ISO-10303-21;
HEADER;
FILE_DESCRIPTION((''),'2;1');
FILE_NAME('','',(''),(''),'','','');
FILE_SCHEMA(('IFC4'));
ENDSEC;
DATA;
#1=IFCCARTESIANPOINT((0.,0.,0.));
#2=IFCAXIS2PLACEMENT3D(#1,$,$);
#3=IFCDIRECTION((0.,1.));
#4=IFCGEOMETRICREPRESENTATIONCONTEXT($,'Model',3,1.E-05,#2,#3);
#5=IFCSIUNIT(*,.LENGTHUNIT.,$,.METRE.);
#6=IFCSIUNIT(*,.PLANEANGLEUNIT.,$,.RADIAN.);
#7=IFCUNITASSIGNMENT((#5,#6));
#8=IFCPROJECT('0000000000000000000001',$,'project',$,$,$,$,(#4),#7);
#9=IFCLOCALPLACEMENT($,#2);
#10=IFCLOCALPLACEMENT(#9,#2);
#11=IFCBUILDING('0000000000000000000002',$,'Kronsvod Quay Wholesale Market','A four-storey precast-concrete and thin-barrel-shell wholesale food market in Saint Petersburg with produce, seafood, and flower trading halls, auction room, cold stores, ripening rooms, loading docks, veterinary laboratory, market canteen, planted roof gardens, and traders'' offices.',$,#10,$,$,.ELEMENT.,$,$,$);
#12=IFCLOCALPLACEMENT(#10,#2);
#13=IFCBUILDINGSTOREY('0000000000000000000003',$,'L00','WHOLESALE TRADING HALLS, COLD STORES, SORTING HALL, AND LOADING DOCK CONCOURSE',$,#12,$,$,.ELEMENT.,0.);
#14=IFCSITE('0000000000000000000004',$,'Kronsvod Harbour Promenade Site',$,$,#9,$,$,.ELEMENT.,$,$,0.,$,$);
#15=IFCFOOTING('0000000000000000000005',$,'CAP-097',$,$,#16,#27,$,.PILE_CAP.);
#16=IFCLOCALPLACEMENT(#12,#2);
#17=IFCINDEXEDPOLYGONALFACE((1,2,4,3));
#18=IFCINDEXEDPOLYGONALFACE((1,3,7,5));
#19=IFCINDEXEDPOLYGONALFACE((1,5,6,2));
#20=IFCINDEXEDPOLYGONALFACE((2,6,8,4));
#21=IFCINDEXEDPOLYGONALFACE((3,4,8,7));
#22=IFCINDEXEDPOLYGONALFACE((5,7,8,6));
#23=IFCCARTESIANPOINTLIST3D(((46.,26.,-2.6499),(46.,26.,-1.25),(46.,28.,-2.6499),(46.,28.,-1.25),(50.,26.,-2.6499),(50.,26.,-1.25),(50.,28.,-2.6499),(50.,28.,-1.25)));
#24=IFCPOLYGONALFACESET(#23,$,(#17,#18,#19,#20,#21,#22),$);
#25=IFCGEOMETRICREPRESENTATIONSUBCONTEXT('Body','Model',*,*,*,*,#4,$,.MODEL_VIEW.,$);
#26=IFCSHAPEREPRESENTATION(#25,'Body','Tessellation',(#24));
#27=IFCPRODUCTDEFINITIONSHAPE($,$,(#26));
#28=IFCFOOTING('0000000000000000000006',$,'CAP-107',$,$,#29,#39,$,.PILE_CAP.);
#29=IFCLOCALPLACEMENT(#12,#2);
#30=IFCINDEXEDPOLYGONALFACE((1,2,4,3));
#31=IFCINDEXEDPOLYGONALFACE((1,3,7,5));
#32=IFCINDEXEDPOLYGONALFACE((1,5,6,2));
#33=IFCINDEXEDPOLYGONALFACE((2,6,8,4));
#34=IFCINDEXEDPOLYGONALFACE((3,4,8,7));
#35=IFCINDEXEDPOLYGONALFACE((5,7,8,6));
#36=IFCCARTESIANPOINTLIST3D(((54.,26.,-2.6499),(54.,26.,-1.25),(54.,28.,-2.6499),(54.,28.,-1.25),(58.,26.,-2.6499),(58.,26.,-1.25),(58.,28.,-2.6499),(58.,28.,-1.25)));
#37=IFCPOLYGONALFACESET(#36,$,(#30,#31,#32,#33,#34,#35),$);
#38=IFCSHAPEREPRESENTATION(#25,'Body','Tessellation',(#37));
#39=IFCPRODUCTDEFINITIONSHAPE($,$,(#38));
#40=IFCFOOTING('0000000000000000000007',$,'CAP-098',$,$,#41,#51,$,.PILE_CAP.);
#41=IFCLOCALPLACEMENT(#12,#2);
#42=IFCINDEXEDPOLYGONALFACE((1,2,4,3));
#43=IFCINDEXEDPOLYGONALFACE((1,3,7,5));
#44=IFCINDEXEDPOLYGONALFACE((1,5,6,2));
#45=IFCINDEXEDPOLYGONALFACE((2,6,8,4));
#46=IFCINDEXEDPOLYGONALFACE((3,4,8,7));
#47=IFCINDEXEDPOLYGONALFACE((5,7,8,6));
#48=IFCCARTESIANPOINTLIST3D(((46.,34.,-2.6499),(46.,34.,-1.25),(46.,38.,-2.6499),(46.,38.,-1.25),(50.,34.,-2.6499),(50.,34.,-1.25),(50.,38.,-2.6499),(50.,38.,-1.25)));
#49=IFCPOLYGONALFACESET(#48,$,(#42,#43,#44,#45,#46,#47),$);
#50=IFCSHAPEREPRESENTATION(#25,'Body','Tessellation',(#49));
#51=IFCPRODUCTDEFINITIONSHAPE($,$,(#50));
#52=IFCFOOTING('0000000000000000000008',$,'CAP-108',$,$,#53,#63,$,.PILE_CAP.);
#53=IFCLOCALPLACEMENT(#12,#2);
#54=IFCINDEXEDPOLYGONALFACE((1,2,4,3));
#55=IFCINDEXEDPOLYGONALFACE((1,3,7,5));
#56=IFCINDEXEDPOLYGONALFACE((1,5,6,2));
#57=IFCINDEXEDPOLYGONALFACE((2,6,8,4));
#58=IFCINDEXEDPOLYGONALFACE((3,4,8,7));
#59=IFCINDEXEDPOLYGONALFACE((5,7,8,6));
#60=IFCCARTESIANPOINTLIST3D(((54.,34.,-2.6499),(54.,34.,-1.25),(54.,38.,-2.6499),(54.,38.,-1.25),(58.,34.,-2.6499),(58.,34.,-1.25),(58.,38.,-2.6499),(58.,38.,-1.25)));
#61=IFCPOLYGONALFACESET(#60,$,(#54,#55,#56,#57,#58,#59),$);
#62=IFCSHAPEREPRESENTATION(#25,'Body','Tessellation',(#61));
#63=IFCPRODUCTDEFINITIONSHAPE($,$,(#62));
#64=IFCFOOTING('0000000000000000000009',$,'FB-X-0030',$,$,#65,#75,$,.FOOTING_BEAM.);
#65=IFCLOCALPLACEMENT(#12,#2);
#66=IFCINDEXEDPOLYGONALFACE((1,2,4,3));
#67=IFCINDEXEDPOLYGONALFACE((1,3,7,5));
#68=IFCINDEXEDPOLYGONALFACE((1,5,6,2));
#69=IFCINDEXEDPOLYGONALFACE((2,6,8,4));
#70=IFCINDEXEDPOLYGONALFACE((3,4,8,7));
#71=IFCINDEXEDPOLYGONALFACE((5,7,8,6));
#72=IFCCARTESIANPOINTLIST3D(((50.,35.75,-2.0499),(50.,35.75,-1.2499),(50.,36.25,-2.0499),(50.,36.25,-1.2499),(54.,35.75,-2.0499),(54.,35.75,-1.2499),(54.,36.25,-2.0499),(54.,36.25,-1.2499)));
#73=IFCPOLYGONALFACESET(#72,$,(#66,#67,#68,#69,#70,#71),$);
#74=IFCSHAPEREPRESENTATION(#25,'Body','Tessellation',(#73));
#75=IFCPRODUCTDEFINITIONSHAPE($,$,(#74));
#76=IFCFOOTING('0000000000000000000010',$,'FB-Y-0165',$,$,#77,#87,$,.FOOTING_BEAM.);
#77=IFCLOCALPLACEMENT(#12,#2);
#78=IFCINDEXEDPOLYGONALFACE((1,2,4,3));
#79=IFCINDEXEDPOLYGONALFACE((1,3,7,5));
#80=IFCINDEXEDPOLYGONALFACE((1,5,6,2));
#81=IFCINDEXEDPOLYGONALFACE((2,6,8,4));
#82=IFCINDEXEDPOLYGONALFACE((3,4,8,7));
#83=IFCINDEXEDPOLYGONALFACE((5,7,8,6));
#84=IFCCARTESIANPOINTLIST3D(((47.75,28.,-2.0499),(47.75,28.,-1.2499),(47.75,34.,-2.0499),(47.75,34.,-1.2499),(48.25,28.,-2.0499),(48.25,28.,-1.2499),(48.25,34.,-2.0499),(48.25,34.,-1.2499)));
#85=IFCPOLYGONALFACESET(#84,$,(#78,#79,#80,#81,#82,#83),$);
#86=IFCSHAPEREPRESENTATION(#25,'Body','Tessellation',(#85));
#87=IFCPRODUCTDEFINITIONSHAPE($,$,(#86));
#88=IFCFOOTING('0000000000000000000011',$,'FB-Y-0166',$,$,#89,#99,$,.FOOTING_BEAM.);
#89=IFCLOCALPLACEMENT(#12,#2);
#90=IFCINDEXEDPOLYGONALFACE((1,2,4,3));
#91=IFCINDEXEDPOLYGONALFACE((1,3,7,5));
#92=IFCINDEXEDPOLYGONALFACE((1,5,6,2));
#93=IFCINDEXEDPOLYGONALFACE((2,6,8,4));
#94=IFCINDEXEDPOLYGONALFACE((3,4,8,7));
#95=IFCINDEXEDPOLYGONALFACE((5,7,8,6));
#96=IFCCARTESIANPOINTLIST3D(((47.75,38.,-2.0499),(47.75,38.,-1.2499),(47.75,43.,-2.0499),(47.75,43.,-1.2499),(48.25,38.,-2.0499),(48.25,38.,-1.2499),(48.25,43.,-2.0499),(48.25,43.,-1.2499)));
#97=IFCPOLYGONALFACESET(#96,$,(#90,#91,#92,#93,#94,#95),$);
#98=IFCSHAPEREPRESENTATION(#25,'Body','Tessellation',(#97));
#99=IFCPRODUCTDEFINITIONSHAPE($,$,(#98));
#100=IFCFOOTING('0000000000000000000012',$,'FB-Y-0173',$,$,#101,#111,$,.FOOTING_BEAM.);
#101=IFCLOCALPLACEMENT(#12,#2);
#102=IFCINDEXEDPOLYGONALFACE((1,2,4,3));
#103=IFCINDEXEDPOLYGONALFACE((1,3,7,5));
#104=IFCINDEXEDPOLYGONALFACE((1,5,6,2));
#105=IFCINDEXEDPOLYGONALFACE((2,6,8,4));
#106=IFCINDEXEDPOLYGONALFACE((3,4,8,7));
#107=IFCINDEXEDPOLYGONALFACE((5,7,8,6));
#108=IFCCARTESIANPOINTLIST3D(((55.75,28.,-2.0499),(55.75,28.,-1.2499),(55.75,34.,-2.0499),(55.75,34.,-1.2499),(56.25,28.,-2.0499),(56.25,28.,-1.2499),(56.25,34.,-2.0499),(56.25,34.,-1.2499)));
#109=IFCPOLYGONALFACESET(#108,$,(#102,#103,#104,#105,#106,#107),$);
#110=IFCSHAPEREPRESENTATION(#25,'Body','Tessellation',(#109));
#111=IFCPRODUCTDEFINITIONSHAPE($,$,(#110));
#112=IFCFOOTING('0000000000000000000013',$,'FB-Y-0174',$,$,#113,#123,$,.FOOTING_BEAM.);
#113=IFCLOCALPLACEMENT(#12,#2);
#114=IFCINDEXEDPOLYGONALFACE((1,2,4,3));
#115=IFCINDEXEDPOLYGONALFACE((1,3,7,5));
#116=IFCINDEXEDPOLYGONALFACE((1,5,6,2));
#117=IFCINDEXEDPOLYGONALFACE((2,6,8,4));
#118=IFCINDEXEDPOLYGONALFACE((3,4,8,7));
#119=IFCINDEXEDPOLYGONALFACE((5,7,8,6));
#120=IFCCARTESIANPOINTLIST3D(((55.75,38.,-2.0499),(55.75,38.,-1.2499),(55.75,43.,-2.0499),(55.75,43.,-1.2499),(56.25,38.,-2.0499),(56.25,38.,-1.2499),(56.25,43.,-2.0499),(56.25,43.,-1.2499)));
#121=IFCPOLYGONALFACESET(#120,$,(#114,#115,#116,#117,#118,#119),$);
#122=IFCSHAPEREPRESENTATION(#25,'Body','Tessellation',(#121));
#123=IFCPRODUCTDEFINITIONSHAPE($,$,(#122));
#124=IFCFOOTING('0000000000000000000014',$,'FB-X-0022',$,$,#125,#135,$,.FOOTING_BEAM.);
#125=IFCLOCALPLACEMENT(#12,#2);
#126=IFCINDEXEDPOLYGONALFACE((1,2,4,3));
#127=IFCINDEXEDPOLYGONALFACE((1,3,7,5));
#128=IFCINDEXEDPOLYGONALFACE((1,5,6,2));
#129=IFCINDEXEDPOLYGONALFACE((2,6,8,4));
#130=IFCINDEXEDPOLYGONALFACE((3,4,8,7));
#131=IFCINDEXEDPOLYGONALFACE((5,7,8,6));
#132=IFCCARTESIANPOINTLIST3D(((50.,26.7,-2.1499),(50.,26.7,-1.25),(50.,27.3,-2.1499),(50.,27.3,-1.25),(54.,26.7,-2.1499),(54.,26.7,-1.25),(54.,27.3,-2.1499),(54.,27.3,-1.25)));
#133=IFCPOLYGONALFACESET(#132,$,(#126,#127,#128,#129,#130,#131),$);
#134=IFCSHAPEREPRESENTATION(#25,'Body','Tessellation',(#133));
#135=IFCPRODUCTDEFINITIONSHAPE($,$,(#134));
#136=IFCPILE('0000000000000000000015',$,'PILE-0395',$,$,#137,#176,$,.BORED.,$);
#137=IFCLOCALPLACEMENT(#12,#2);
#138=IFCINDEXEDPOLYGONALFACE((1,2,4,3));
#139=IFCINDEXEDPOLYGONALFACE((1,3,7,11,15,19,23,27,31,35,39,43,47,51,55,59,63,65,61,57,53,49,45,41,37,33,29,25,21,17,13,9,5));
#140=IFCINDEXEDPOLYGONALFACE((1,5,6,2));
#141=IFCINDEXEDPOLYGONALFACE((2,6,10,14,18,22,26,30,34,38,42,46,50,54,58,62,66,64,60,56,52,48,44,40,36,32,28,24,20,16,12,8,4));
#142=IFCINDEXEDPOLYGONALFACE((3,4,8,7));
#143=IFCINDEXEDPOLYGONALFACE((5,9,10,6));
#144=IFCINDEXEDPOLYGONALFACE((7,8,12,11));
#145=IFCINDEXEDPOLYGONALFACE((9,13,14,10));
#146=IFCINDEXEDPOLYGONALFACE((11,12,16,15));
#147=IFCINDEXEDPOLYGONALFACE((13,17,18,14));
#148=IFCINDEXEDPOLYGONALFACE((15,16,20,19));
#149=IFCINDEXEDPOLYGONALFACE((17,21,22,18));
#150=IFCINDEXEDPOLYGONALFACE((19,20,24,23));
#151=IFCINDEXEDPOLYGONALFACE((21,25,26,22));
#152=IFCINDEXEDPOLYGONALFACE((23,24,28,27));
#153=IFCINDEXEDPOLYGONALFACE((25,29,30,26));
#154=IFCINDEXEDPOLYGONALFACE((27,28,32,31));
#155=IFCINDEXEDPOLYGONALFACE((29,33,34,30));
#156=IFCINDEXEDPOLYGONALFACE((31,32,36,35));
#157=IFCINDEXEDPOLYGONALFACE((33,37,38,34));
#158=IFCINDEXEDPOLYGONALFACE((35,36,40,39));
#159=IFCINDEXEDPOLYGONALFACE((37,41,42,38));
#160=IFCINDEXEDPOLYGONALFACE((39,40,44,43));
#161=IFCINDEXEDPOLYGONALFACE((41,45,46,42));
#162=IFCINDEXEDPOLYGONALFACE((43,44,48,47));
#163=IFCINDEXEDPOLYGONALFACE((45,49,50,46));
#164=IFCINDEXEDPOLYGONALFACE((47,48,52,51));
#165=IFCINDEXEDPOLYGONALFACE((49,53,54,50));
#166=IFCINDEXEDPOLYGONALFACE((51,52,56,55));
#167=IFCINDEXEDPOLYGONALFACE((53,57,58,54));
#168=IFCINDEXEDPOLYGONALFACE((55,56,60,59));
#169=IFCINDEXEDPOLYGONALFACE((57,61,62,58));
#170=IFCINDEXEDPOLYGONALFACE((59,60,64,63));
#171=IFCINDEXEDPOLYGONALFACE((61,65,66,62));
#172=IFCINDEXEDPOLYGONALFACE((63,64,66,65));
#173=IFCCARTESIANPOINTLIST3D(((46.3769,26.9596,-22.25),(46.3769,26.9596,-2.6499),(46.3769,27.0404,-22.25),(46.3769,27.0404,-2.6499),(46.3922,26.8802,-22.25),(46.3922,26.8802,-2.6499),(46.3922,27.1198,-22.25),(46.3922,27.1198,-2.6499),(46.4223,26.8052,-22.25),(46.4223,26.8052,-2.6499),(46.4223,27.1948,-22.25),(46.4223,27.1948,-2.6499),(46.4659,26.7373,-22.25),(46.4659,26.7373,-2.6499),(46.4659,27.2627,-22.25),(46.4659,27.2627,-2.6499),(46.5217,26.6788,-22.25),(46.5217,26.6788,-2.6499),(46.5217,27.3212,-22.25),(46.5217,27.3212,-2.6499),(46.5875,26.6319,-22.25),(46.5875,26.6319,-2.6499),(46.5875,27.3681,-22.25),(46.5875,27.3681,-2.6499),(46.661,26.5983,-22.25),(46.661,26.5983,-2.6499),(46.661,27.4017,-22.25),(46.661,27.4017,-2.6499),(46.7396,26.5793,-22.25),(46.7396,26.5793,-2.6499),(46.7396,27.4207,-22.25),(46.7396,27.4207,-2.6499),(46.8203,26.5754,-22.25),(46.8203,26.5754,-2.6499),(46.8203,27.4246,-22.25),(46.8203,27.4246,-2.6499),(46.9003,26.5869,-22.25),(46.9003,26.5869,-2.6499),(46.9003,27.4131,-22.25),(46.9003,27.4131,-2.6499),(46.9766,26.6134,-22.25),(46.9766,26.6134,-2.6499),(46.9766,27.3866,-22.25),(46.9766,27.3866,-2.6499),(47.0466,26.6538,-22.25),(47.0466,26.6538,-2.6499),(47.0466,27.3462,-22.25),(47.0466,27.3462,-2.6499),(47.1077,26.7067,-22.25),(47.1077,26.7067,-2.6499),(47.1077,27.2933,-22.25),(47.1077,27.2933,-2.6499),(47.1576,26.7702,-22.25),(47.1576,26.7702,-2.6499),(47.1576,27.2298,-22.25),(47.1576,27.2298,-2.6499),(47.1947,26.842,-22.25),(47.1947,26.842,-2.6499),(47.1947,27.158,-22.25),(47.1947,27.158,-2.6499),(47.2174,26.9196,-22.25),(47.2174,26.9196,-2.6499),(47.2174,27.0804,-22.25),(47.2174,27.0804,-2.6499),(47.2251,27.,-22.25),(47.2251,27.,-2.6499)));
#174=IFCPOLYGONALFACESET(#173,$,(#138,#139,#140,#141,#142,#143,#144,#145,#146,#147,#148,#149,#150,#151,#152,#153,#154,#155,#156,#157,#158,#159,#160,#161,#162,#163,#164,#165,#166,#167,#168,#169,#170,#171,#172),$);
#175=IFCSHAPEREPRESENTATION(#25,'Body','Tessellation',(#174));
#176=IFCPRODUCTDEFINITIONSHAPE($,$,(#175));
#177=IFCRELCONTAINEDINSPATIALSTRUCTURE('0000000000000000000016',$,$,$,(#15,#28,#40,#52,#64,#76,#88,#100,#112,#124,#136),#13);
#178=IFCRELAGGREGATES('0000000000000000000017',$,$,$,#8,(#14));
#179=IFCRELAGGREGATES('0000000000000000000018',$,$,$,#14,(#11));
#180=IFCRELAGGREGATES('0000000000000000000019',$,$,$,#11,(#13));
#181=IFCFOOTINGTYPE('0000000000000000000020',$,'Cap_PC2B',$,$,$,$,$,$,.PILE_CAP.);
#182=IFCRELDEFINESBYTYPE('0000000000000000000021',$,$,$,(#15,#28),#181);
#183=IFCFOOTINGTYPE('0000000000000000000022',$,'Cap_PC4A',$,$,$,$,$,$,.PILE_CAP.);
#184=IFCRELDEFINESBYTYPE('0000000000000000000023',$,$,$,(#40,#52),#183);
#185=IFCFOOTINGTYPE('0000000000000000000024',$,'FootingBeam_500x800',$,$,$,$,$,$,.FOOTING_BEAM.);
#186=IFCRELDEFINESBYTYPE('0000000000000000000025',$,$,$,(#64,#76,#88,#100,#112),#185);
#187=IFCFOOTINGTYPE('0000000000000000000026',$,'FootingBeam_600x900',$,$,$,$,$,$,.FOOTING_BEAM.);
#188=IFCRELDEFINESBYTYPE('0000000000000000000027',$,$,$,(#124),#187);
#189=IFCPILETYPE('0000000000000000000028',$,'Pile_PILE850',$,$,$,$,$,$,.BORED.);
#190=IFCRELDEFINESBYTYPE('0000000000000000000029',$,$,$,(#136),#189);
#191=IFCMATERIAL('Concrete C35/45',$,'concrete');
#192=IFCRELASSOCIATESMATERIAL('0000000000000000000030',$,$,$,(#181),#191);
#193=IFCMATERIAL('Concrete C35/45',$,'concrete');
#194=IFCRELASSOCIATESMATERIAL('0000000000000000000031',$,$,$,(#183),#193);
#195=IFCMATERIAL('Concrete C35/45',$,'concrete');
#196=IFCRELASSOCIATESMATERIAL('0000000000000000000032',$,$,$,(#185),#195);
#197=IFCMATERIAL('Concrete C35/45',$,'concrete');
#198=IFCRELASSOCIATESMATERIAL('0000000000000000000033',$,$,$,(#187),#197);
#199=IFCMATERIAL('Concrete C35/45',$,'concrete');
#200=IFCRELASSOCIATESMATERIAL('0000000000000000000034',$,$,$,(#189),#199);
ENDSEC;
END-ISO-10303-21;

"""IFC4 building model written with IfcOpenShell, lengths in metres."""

from ifc_helpers import new_model, si_unit, direction, frame, origin, origin_2d, place, context, subcontext, project, spatial, rectangle, circle, extrude, material, material_profile, profile_set, type_object, element, save


model = new_model("IFC4")

# Units and contexts
model_context = context("Model", 3, precision=1e-05, world=origin(), true_north=direction((0.0, 1.0)))
body_context = subcontext(model_context, "Body", "Model", "MODEL_VIEW")
ifc_project = project(units=[si_unit("LENGTHUNIT", "METRE"), si_unit("PLANEANGLEUNIT", "RADIAN")], contexts=[model_context])

# Site, building, storey
site_placement = place(None, origin())
site = spatial("IfcSite", under=ifc_project, at=site_placement, Name="Kronsvod Harbour Promenade Site", CompositionType="ELEMENT", RefElevation=0.0)
building_placement = place(site_placement, origin())
building = spatial("IfcBuilding", under=site, at=building_placement, Name="Kronsvod Quay Wholesale Market", Description="A four-storey precast-concrete and thin-barrel-shell wholesale food market in Saint Petersburg with produce, seafood, and flower trading halls, auction room, cold stores, ripening rooms, loading docks, veterinary laboratory, market canteen, planted roof gardens, and traders' offices.", CompositionType="ELEMENT")
storey_placement = place(building_placement, origin())
storey = spatial("IfcBuildingStorey", under=building, at=storey_placement, Name="L00", Description="WHOLESALE TRADING HALLS, COLD STORES, SORTING HALL, AND LOADING DOCK CONCOURSE", CompositionType="ELEMENT", Elevation=0.0)

# Footings
ifc_material_1 = material(Name="Concrete C35/45", Category="concrete")
footing_type_1 = type_object("IfcFootingType", Name="Cap_PC2B", PredefinedType="PILE_CAP", material=ifc_material_1)
for number, where, z_axis, x_axis, name in (
    (1, (48.0, 27.0, -2.6499), (0.0, 0.0, 1.0), (1.0, 0.0, 0.0), "CAP-097"),
    (2, (56.0, 27.0, -2.6499), (0.0, 0.0, 1.0), (1.0, 0.0, 0.0), "CAP-107"),
):
    element("IfcFooting", number, at=place(storey_placement, frame(where, z_axis=z_axis, x_axis=x_axis)), inside=storey, type_object=footing_type_1, Name=name, PredefinedType="PILE_CAP", context=body_context, shape_type="SweptSolid", body=[
        extrude(rectangle(XDim=4.0, YDim=2.0, at=origin_2d()), origin(), (0.0, 0.0, 1.0), 1.3999),
    ])
ifc_material_2 = material(Name="Concrete C35/45", Category="concrete")
footing_type_2 = type_object("IfcFootingType", Name="Cap_PC4A", PredefinedType="PILE_CAP", material=ifc_material_2)
for number, where, z_axis, x_axis, name in (
    (3, (48.0, 36.0, -2.6499), (0.0, 0.0, 1.0), (1.0, 0.0, 0.0), "CAP-098"),
    (4, (56.0, 36.0, -2.6499), (0.0, 0.0, 1.0), (1.0, 0.0, 0.0), "CAP-108"),
):
    element("IfcFooting", number, at=place(storey_placement, frame(where, z_axis=z_axis, x_axis=x_axis)), inside=storey, type_object=footing_type_2, Name=name, PredefinedType="PILE_CAP", context=body_context, shape_type="SweptSolid", body=[
        extrude(rectangle(XDim=4.0, YDim=4.0, at=origin_2d()), origin(), (0.0, 0.0, 1.0), 1.3999),
    ])
ifc_material_3 = material(Name="Concrete C35/45", Category="concrete")
ifc_material_profile_1 = material_profile(ifc_material_3, rectangle(XDim=0.5, YDim=0.8, at=origin_2d()), Name="FB-01")
ifc_profile_set_1 = profile_set([ifc_material_profile_1], Name="Concrete C35/45")
footing_type_3 = type_object("IfcFootingType", Name="FootingBeam_500x800", PredefinedType="FOOTING_BEAM", material=ifc_profile_set_1)
footing_1_placement = place(storey_placement, frame((50.0, 36.0, -1.6499), z_axis=(1.0, 0.0, 0.0), x_axis=(0.0, 1.0, 0.0)))
element("IfcFooting", 5, at=footing_1_placement, inside=storey, type_object=footing_type_3, Name="FB-X-0030", PredefinedType="FOOTING_BEAM", context=body_context, shape_type="SweptSolid", body=[
    extrude(rectangle(XDim=0.5, YDim=0.8, at=origin_2d()), origin(), (0.0, 0.0, 1.0), 4.0),
])
footing_2_placement = place(storey_placement, frame((48.0, 28.0, -1.6499), z_axis=(0.0, 1.0, 0.0), x_axis=(-1.0, 0.0, 0.0)))
element("IfcFooting", 6, at=footing_2_placement, inside=storey, type_object=footing_type_3, Name="FB-Y-0165", PredefinedType="FOOTING_BEAM", context=body_context, shape_type="SweptSolid", body=[
    extrude(rectangle(XDim=0.5, YDim=0.8, at=origin_2d()), origin(), (0.0, 0.0, 1.0), 6.0),
])
footing_3_placement = place(storey_placement, frame((48.0, 38.0, -1.6499), z_axis=(0.0, 1.0, 0.0), x_axis=(-1.0, 0.0, 0.0)))
element("IfcFooting", 7, at=footing_3_placement, inside=storey, type_object=footing_type_3, Name="FB-Y-0166", PredefinedType="FOOTING_BEAM", context=body_context, shape_type="SweptSolid", body=[
    extrude(rectangle(XDim=0.5, YDim=0.8, at=origin_2d()), origin(), (0.0, 0.0, 1.0), 5.0),
])
footing_4_placement = place(storey_placement, frame((56.0, 28.0, -1.6499), z_axis=(0.0, 1.0, 0.0), x_axis=(-1.0, 0.0, 0.0)))
element("IfcFooting", 8, at=footing_4_placement, inside=storey, type_object=footing_type_3, Name="FB-Y-0173", PredefinedType="FOOTING_BEAM", context=body_context, shape_type="SweptSolid", body=[
    extrude(rectangle(XDim=0.5, YDim=0.8, at=origin_2d()), origin(), (0.0, 0.0, 1.0), 6.0),
])
footing_5_placement = place(storey_placement, frame((56.0, 38.0, -1.6499), z_axis=(0.0, 1.0, 0.0), x_axis=(-1.0, 0.0, 0.0)))
element("IfcFooting", 9, at=footing_5_placement, inside=storey, type_object=footing_type_3, Name="FB-Y-0174", PredefinedType="FOOTING_BEAM", context=body_context, shape_type="SweptSolid", body=[
    extrude(rectangle(XDim=0.5, YDim=0.8, at=origin_2d()), origin(), (0.0, 0.0, 1.0), 5.0),
])
ifc_material_4 = material(Name="Concrete C35/45", Category="concrete")
ifc_material_profile_2 = material_profile(ifc_material_4, rectangle(XDim=0.6001, YDim=0.8999, at=origin_2d()), Name="FB-02")
ifc_profile_set_2 = profile_set([ifc_material_profile_2], Name="Concrete C35/45")
footing_type_4 = type_object("IfcFootingType", Name="FootingBeam_600x900", PredefinedType="FOOTING_BEAM", material=ifc_profile_set_2)
footing_6_placement = place(storey_placement, frame((50.0, 27.0, -1.7), z_axis=(1.0, 0.0, 0.0), x_axis=(0.0, 1.0, 0.0)))
element("IfcFooting", 10, at=footing_6_placement, inside=storey, type_object=footing_type_4, Name="FB-X-0022", PredefinedType="FOOTING_BEAM", context=body_context, shape_type="SweptSolid", body=[
    extrude(rectangle(XDim=0.6001, YDim=0.8999, at=origin_2d()), origin(), (0.0, 0.0, 1.0), 4.0),
])

# Pile
ifc_material_5 = material(Name="Concrete C35/45", Category="concrete")
ifc_material_profile_3 = material_profile(ifc_material_5, circle(Radius=0.425, at=origin_2d()), Name="PILE850")
ifc_profile_set_3 = profile_set([ifc_material_profile_3], Name="Concrete C35/45")
pile_type_1 = type_object("IfcPileType", Name="Pile_PILE850", PredefinedType="BORED", material=ifc_profile_set_3)
for number, where, z_axis, x_axis, name in (
    (11, (46.8, 27.0, -2.6499), (0.0, 0.0, -1.0), (1.0, 0.0, 0.0), "PILE-0395"),
):
    element("IfcPile", number, at=place(storey_placement, frame(where, z_axis=z_axis, x_axis=x_axis)), inside=storey, type_object=pile_type_1, Name=name, PredefinedType="BORED", context=body_context, shape_type="SweptSolid", body=[
        extrude(circle(Radius=0.425, at=origin_2d()), origin(), (0.0, 0.0, 1.0), 19.6001),
    ])

save(model, "model.ifc")
